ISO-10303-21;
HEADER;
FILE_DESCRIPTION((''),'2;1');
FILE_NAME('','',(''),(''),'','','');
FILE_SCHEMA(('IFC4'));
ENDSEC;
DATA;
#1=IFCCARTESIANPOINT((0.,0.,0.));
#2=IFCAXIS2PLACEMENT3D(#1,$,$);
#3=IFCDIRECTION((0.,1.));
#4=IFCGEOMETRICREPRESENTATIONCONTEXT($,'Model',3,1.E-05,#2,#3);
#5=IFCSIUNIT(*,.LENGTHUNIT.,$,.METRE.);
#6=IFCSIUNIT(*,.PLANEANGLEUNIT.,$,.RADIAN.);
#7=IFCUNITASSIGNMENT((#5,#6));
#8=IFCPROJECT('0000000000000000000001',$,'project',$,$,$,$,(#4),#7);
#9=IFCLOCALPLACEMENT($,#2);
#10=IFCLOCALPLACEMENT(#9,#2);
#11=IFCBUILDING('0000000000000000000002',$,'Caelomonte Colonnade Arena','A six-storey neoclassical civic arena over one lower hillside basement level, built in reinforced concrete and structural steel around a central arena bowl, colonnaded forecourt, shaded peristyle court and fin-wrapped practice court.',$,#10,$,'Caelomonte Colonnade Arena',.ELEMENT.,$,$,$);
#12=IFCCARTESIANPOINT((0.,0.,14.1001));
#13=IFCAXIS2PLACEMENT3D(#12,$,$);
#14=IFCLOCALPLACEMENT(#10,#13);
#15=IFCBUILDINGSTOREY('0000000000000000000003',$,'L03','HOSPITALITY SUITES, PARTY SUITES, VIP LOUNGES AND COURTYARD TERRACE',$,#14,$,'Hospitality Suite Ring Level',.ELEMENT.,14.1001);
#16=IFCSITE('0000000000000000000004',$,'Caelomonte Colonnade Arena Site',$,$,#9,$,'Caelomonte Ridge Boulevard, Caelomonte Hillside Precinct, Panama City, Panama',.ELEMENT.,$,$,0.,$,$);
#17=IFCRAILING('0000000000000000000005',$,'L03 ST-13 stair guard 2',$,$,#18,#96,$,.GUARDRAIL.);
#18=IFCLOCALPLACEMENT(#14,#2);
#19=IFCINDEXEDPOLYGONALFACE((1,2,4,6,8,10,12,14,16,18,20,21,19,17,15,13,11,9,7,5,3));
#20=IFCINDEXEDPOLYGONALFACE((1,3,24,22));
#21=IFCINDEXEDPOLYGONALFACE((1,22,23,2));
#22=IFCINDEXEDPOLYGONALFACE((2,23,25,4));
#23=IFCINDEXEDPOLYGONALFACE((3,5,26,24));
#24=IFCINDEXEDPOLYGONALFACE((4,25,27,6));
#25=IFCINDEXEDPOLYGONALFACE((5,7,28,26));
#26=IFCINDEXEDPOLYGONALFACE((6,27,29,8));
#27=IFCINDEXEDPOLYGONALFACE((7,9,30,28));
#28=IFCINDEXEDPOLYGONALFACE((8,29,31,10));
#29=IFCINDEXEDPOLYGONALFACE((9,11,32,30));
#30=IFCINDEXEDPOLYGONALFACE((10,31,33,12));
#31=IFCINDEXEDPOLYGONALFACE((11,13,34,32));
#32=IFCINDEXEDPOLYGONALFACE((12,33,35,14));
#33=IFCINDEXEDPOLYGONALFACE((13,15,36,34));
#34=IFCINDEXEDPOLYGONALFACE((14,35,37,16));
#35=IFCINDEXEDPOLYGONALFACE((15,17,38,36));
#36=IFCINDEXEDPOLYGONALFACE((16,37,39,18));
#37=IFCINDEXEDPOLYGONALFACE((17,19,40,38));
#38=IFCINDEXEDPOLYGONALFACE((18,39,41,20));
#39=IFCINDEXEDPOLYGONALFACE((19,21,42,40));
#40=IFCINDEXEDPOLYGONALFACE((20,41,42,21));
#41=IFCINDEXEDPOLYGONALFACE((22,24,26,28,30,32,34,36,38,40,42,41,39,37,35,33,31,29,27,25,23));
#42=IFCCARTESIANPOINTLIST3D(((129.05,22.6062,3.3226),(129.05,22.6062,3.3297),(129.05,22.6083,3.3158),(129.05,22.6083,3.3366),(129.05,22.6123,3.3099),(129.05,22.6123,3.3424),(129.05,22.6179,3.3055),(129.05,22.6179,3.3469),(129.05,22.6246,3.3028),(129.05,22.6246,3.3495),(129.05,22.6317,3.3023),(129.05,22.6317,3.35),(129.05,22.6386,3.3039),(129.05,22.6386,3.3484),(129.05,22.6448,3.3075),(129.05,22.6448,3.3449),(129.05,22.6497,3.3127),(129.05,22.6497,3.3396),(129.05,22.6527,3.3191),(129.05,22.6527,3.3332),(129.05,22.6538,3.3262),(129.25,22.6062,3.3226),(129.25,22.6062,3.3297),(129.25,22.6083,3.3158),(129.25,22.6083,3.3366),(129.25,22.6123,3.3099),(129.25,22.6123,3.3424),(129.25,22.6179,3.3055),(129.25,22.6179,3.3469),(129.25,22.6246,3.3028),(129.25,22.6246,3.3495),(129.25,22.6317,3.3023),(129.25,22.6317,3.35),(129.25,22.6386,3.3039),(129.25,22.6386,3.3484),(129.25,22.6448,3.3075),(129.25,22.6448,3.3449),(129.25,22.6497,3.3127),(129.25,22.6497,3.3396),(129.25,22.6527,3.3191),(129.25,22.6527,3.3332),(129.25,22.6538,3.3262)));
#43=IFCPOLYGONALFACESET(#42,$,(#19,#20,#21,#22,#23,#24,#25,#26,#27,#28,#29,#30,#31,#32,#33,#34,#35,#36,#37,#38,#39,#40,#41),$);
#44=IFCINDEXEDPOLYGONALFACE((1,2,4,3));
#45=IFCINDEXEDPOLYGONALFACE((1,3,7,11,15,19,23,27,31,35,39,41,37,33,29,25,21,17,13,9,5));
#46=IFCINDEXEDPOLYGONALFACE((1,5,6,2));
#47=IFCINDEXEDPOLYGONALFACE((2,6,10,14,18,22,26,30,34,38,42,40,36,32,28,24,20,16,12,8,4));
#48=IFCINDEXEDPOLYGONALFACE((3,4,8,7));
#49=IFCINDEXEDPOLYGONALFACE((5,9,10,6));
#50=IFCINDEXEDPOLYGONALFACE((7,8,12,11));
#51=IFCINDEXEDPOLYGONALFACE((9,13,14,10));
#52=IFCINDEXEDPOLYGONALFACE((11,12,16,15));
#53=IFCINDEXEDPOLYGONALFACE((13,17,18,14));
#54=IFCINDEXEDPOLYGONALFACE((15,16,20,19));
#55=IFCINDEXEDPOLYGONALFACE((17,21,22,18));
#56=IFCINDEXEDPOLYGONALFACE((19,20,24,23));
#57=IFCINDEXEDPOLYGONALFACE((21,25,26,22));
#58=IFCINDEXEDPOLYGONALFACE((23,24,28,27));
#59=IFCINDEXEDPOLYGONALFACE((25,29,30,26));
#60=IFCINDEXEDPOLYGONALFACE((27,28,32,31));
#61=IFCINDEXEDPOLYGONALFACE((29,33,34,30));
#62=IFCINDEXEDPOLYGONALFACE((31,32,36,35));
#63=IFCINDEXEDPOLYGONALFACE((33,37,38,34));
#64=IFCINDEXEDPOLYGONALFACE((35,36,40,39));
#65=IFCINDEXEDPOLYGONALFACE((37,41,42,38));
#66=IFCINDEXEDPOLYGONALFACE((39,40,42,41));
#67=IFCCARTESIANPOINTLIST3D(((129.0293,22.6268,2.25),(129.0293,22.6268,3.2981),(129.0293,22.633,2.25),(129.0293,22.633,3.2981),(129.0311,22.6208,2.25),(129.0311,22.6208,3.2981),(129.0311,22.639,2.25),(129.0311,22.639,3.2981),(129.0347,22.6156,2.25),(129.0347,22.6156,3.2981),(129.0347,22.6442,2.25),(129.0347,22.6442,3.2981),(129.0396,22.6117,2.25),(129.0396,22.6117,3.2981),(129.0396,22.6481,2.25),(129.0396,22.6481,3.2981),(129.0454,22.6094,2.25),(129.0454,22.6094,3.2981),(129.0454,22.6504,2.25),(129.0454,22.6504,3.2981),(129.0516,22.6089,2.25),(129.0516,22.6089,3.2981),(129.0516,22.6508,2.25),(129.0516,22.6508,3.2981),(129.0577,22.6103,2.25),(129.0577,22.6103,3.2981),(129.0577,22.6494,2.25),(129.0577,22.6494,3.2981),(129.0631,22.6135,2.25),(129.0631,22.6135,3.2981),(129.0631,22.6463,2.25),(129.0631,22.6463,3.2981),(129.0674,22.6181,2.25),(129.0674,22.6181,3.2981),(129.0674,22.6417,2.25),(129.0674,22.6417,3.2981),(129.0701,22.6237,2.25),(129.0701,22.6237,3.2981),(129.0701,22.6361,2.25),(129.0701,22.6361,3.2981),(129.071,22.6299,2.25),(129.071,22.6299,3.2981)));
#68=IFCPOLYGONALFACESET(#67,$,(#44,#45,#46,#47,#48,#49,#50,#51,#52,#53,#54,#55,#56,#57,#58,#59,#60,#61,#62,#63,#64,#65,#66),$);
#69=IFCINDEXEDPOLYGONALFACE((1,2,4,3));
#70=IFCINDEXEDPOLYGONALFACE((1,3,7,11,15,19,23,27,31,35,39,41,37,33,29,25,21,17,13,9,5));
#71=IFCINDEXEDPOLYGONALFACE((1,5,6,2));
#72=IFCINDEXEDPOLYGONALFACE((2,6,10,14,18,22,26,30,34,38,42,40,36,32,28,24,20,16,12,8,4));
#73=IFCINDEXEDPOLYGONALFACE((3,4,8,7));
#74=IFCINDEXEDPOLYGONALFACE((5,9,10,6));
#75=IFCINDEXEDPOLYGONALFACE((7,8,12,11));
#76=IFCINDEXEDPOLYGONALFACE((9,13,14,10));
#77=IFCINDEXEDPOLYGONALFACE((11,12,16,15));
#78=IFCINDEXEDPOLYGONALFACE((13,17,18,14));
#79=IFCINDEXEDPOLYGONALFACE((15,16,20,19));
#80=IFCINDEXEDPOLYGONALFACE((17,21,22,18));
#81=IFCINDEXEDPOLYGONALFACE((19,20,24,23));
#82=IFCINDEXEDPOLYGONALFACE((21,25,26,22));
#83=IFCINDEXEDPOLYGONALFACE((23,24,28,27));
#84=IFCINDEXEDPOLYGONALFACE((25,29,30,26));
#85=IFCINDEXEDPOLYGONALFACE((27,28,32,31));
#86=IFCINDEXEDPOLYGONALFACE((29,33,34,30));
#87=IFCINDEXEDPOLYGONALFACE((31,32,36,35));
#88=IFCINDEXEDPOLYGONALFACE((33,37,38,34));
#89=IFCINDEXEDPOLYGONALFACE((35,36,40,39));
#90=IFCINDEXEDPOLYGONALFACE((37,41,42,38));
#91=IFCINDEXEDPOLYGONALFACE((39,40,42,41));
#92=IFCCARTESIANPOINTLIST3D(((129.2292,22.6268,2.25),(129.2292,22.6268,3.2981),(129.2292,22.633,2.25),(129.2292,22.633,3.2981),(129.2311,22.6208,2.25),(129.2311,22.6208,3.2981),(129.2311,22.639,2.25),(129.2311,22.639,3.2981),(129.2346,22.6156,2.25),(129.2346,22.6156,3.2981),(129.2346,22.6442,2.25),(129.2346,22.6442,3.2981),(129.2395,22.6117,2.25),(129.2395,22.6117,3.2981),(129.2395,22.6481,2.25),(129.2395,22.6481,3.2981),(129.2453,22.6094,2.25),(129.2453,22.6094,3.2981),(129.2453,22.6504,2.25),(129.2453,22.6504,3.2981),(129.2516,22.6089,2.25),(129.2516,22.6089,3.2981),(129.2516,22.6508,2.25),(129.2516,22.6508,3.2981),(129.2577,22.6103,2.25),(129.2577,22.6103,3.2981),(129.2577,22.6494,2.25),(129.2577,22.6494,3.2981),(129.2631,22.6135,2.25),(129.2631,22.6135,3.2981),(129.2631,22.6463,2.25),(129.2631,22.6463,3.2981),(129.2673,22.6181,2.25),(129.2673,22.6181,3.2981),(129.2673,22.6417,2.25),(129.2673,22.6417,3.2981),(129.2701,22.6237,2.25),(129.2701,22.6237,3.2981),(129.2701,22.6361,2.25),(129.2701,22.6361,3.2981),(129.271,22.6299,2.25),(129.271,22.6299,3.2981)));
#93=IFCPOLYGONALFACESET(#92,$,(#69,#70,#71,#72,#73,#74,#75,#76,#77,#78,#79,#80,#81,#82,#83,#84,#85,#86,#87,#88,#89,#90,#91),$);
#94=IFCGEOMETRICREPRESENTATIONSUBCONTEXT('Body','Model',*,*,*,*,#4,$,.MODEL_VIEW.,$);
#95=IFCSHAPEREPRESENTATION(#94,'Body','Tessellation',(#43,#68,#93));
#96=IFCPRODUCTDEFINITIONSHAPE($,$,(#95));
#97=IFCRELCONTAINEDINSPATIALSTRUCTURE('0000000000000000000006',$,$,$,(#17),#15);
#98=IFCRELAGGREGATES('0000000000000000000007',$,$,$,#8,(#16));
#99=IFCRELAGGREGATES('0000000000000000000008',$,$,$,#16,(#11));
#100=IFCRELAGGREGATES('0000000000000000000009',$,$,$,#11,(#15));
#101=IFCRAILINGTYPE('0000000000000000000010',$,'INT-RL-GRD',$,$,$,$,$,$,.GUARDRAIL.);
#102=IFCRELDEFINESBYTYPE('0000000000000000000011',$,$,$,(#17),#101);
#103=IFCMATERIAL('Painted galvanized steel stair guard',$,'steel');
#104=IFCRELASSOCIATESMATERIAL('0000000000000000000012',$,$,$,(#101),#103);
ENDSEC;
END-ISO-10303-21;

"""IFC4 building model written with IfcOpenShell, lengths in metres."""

from ifc_helpers import new_model, si_unit, direction, frame, origin, origin_2d, place, context, subcontext, project, spatial, circle, extrude, material, type_object, element, save


model = new_model("IFC4")

# Units and contexts
model_context = context("Model", 3, precision=1e-05, world=origin(), true_north=direction((0.0, 1.0)))
body_context = subcontext(model_context, "Body", "Model", "MODEL_VIEW")
ifc_project = project(units=[si_unit("LENGTHUNIT", "METRE"), si_unit("PLANEANGLEUNIT", "RADIAN")], contexts=[model_context])

# Site, building, storey
site_placement = place(None, origin())
site = spatial("IfcSite", under=ifc_project, at=site_placement, Name="Caelomonte Colonnade Arena Site", LongName="Caelomonte Ridge Boulevard, Caelomonte Hillside Precinct, Panama City, Panama", CompositionType="ELEMENT", RefElevation=0.0)
building_placement = place(site_placement, origin())
building = spatial("IfcBuilding", under=site, at=building_placement, Name="Caelomonte Colonnade Arena", Description="A six-storey neoclassical civic arena over one lower hillside basement level, built in reinforced concrete and structural steel around a central arena bowl, colonnaded forecourt, shaded peristyle court and fin-wrapped practice court.", LongName="Caelomonte Colonnade Arena", CompositionType="ELEMENT")
storey_placement = place(building_placement, frame((0.0, 0.0, 14.1001)))
storey = spatial("IfcBuildingStorey", under=building, at=storey_placement, Name="L03", Description="HOSPITALITY SUITES, PARTY SUITES, VIP LOUNGES AND COURTYARD TERRACE", LongName="Hospitality Suite Ring Level", CompositionType="ELEMENT", Elevation=14.1001)

# Railing
ifc_material_1 = material(Name="Painted galvanized steel stair guard", Category="steel")
railing_type_1 = type_object("IfcRailingType", Name="INT-RL-GRD", PredefinedType="GUARDRAIL", material=ifc_material_1)
railing_1_placement = place(storey_placement, frame((129.05, 22.6299, 2.25)))
element("IfcRailing", 1, at=railing_1_placement, inside=storey, type_object=railing_type_1, Name="L03 ST-13 stair guard 2", PredefinedType="GUARDRAIL", context=body_context, shape_type="SweptSolid", body=[
    extrude(circle(Radius=0.0239, at=origin_2d()), frame((0.0, 0.0, 1.0762), z_axis=(1.0, 0.0, 0.0), x_axis=(0.0, 1.0, 0.0)), (0.0, 0.0, 1.0), 0.2),
    extrude(circle(Radius=0.021, at=origin_2d()), origin(), (0.0, 0.0, 1.0), 1.0481),
    extrude(circle(Radius=0.021, at=origin_2d()), frame((0.2, 0.0, 0.0)), (0.0, 0.0, 1.0), 1.0481),
])

save(model, "model.ifc")
